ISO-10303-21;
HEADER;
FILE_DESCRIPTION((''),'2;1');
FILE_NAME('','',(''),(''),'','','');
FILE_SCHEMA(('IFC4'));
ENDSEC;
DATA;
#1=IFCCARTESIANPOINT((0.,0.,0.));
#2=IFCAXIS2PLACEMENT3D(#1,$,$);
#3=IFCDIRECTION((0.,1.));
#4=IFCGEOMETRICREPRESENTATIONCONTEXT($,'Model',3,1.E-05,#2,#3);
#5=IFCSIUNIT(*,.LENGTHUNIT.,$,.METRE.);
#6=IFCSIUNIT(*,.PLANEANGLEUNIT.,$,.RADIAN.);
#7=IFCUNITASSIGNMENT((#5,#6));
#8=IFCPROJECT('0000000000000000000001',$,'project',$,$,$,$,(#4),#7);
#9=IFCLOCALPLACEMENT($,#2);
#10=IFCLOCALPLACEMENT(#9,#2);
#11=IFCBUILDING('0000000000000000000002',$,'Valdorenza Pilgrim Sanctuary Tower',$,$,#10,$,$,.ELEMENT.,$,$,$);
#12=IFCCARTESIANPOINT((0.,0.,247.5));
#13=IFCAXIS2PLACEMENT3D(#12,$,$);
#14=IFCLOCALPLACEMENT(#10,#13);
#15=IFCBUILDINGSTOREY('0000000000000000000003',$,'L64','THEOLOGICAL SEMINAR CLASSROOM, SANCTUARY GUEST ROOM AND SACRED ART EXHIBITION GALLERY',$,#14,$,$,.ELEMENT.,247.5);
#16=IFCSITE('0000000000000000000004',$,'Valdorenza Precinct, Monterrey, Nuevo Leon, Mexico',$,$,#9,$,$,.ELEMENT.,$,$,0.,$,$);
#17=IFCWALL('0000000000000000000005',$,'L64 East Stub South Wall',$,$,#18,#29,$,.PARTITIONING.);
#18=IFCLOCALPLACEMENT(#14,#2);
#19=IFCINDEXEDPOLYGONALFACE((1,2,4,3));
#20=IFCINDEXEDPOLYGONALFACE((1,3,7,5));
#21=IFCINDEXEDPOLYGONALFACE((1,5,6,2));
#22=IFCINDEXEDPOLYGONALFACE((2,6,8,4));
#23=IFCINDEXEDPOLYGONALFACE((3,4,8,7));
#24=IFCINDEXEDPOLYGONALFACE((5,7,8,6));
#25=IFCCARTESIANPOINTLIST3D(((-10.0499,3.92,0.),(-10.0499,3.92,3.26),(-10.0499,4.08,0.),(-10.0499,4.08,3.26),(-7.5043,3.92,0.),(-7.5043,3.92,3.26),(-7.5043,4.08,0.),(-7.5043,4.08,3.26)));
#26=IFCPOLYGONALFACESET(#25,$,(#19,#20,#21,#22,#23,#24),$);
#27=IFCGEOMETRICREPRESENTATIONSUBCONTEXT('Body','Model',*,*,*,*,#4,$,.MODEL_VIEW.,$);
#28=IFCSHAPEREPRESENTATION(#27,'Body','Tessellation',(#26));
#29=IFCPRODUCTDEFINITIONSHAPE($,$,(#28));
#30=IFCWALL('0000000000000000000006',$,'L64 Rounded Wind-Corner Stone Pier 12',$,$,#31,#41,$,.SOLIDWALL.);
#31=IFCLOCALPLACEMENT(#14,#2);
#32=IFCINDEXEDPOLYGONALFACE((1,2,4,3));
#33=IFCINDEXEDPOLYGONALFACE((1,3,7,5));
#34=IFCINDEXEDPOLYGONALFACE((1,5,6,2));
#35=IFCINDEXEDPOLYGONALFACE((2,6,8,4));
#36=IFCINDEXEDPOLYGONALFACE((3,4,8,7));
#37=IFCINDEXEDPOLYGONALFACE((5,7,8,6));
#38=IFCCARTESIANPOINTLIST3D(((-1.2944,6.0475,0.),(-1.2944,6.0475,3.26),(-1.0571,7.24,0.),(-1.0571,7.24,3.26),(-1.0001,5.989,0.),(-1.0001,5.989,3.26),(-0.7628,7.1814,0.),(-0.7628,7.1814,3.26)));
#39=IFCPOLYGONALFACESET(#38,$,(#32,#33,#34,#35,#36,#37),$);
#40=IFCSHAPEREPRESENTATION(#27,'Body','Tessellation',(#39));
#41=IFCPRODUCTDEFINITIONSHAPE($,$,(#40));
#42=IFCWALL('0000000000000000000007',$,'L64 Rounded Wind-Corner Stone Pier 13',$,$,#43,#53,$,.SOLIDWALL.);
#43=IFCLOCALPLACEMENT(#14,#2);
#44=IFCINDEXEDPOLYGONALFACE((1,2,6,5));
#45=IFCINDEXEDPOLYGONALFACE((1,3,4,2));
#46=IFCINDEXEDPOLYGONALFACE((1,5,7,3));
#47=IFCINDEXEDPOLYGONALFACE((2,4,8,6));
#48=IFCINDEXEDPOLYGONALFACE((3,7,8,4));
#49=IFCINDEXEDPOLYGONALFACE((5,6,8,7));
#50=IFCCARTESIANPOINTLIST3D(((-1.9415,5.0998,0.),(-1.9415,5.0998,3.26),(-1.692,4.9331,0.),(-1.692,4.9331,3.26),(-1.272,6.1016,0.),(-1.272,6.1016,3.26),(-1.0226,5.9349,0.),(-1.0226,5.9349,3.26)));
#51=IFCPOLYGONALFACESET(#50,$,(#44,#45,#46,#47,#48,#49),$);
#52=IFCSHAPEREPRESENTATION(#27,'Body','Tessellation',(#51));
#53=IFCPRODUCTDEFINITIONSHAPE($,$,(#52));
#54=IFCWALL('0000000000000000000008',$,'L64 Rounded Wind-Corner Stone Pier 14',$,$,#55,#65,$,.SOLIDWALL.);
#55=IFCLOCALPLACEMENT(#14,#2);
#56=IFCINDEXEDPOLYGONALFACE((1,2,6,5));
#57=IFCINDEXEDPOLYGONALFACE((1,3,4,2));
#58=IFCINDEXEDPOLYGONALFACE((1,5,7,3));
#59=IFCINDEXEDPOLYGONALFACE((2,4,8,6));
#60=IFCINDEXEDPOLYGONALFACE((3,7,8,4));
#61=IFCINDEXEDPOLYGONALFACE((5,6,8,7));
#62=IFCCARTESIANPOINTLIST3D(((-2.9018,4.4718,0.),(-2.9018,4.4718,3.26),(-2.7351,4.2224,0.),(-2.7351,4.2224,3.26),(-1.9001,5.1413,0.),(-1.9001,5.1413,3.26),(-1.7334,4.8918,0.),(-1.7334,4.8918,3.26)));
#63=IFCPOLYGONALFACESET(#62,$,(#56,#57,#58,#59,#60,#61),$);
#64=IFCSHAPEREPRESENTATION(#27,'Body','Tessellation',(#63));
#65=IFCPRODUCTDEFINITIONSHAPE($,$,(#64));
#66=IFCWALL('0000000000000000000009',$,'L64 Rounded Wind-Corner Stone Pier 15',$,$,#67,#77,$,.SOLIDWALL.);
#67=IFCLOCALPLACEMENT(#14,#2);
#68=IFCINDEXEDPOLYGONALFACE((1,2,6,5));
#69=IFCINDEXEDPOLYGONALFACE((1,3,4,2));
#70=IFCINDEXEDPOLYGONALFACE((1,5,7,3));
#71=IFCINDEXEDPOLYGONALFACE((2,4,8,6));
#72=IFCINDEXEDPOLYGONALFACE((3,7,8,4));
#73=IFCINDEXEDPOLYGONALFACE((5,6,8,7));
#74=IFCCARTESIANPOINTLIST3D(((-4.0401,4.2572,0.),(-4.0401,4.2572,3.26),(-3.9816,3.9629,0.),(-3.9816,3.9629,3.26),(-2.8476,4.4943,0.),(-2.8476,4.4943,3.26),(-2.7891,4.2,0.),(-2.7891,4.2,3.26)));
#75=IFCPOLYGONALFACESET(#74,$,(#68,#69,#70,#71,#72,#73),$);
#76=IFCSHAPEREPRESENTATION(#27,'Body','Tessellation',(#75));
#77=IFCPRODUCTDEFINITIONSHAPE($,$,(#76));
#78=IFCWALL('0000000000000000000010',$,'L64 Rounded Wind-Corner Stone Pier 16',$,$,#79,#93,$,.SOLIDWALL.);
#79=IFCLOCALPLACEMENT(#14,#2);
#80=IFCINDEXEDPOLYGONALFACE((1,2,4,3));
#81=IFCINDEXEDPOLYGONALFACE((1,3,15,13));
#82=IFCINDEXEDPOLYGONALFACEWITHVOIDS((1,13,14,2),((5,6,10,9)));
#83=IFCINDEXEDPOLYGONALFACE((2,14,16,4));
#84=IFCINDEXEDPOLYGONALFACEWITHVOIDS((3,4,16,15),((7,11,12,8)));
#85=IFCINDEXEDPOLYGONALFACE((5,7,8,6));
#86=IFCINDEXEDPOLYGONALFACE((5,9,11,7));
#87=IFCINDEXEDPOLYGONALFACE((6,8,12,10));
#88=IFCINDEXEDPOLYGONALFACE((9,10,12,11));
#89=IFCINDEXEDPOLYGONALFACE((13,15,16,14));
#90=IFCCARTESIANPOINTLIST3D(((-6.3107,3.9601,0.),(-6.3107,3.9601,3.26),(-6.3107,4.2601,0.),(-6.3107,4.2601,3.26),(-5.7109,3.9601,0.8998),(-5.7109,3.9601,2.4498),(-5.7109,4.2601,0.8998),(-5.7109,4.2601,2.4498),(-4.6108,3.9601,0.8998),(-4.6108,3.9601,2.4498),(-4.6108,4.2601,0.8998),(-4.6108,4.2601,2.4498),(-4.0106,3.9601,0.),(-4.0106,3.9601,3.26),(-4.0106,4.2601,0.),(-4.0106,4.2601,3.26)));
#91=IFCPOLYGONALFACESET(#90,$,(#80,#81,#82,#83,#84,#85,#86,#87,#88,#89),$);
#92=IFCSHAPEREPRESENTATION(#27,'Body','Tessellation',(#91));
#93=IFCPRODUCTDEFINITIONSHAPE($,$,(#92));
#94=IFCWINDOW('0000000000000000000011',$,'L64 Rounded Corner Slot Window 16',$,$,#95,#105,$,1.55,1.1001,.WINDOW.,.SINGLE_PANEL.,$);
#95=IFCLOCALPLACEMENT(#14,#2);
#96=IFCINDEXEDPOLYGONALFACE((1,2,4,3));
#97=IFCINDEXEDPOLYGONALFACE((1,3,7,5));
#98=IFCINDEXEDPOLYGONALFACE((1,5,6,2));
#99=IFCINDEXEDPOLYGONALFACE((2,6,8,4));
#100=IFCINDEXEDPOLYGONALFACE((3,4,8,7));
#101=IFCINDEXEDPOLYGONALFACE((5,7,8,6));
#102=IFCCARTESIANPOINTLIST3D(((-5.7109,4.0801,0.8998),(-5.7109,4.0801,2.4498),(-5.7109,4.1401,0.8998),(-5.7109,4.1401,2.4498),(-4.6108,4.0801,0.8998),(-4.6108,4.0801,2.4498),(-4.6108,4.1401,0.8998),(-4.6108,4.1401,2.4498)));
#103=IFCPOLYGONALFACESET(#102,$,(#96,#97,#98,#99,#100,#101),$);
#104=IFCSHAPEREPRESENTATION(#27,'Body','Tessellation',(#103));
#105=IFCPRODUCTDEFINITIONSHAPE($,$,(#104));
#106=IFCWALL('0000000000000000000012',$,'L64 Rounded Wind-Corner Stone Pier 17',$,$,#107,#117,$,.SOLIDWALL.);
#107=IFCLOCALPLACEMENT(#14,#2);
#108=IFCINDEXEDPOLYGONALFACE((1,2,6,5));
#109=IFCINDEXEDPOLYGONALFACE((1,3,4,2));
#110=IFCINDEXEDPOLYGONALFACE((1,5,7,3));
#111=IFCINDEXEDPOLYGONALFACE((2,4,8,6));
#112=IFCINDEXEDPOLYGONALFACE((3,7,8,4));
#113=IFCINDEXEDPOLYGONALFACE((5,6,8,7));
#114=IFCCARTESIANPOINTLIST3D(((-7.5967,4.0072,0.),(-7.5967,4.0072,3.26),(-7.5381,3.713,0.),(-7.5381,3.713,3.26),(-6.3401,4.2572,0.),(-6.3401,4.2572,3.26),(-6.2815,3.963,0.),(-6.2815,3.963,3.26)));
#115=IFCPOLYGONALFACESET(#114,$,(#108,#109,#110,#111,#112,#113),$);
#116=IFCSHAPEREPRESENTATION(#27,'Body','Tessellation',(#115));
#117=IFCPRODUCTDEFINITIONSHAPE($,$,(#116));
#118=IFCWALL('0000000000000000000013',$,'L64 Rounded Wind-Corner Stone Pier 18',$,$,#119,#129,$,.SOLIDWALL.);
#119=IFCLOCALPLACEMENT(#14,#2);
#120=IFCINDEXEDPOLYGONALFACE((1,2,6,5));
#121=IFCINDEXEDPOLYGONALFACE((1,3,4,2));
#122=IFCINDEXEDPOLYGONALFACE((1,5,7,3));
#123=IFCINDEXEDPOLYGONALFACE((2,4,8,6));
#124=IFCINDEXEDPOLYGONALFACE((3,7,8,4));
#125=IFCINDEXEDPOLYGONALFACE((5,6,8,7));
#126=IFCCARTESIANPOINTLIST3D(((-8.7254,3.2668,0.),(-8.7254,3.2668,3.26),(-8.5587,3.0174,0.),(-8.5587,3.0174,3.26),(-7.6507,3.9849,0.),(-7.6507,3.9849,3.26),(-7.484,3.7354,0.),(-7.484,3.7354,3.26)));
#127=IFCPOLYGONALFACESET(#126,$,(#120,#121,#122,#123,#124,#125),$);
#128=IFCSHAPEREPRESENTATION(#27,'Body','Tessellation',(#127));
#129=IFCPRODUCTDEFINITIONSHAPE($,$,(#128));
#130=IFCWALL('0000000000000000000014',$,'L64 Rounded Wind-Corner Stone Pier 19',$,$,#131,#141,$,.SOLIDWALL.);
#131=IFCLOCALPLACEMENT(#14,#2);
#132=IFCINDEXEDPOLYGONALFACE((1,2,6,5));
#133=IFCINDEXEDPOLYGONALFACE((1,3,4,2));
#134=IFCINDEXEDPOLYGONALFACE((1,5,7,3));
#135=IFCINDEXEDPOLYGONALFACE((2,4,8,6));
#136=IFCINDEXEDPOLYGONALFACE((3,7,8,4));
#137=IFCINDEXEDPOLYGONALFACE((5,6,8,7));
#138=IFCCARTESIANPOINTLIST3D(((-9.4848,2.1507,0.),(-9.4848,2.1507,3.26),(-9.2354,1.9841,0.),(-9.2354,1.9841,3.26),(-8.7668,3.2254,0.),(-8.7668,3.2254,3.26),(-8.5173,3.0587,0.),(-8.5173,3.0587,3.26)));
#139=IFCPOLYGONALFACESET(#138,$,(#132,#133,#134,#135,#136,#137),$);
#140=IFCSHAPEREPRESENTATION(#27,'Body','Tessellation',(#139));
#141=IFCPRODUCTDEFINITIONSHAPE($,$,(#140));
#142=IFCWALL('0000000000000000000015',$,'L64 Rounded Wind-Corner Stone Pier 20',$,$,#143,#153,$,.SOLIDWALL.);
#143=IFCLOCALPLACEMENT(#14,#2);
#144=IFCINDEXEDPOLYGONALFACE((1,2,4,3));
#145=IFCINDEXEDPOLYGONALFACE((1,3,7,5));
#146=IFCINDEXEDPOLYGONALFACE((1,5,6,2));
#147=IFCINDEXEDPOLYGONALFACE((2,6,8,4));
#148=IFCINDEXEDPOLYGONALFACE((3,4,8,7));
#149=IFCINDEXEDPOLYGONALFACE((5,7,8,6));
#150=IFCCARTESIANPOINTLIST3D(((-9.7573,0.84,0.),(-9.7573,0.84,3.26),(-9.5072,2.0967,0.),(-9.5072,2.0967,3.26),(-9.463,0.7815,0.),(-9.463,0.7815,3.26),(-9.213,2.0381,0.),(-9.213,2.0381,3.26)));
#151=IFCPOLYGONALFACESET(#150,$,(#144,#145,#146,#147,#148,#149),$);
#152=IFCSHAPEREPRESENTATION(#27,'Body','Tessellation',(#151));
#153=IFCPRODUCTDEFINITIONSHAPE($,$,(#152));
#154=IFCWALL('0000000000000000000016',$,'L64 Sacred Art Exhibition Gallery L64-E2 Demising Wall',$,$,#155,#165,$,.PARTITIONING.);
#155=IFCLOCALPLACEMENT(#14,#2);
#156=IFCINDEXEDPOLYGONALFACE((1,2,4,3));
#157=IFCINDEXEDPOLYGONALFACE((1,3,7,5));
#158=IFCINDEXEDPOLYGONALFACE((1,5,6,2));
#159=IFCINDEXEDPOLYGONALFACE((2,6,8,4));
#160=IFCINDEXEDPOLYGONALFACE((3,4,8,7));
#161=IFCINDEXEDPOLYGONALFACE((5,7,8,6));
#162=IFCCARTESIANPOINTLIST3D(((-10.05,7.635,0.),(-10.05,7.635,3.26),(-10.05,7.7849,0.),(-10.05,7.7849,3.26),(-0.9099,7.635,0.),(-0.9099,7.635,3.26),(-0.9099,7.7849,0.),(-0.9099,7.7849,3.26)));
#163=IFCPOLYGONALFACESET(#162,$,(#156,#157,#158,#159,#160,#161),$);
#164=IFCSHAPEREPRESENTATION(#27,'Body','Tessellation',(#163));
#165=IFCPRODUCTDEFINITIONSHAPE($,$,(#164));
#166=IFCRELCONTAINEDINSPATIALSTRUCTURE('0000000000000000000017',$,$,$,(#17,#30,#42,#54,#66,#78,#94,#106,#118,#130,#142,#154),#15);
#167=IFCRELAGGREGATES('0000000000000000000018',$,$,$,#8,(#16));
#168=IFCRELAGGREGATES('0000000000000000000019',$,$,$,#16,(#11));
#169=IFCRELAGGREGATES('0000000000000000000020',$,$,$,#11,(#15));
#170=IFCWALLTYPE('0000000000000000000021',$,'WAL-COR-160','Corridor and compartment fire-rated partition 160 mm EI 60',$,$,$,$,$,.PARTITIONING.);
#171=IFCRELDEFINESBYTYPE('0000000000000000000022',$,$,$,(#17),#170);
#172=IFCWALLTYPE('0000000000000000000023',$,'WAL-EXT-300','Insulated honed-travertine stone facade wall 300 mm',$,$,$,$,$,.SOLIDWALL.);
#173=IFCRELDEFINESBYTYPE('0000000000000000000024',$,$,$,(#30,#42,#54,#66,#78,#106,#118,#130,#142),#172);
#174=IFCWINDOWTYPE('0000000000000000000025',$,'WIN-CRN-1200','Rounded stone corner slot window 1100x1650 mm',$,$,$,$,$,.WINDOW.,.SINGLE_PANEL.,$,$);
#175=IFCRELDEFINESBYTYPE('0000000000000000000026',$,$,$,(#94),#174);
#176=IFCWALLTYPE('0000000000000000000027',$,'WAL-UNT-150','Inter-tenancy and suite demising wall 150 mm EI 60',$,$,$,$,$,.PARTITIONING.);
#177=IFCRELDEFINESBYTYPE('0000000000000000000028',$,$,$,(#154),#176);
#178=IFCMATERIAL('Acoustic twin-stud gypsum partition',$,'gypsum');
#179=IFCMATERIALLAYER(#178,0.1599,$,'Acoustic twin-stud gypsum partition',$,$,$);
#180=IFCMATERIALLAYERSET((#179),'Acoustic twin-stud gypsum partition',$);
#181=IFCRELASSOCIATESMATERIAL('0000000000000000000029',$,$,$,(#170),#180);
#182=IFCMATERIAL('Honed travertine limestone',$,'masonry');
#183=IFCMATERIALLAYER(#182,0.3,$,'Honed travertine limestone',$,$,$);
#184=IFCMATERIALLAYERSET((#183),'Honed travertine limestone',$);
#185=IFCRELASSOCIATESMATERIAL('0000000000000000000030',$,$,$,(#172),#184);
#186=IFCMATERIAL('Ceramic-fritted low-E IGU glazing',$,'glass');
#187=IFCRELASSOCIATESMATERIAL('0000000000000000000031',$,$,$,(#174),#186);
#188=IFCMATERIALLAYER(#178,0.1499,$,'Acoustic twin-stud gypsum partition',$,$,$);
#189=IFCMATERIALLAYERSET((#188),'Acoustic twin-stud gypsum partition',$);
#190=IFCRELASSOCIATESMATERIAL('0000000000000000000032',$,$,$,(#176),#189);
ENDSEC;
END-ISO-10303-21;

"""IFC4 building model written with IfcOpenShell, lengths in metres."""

from ifc_helpers import new_model, si_unit, direction, frame, frame_2d, origin, place, context, subcontext, project, spatial, rectangle, extrude, material, layer, layer_set, type_object, element, fill, save


model = new_model("IFC4")

# Units and contexts
model_context = context("Model", 3, precision=1e-05, world=origin(), true_north=direction((0.0, 1.0)))
body_context = subcontext(model_context, "Body", "Model", "MODEL_VIEW")
ifc_project = project(units=[si_unit("LENGTHUNIT", "METRE"), si_unit("PLANEANGLEUNIT", "RADIAN")], contexts=[model_context])

# Site, building, storey
site_placement = place(None, origin())
site = spatial("IfcSite", under=ifc_project, at=site_placement, Name="Valdorenza Precinct, Monterrey, Nuevo Leon, Mexico", CompositionType="ELEMENT", RefElevation=0.0)
building_placement = place(site_placement, origin())
building = spatial("IfcBuilding", under=site, at=building_placement, Name="Valdorenza Pilgrim Sanctuary Tower", CompositionType="ELEMENT")
storey_placement = place(building_placement, frame((0.0, 0.0, 247.5)))
storey = spatial("IfcBuildingStorey", under=building, at=storey_placement, Name="L64", Description="THEOLOGICAL SEMINAR CLASSROOM, SANCTUARY GUEST ROOM AND SACRED ART EXHIBITION GALLERY", CompositionType="ELEMENT", Elevation=247.5)

# Shared definitions
ifc_material_1 = material(Name="Ceramic-fritted low-E IGU glazing", Category="glass")

# Shared definitions
ifc_material_2 = material(Name="Acoustic twin-stud gypsum partition", Category="gypsum")
ifc_layer_1 = layer(ifc_material_2, 0.1599, Name="Acoustic twin-stud gypsum partition")
ifc_layer_set_1 = layer_set([ifc_layer_1], Name="Acoustic twin-stud gypsum partition")
wall_type_1 = type_object("IfcWallType", Name="WAL-COR-160", Description="Corridor and compartment fire-rated partition 160 mm EI 60", PredefinedType="PARTITIONING", material=ifc_layer_set_1)

# Walls
wall_1_placement = place(storey_placement, frame((-10.05, 4.0, 0.0), z_axis=(0.0, 0.0, 1.0), x_axis=(1.0, 0.0, 0.0)))
element("IfcWall", 1, at=wall_1_placement, inside=storey, type_object=wall_type_1, Name="L64 East Stub South Wall", PredefinedType="PARTITIONING", context=body_context, shape_type="SweptSolid", body=[
    extrude(rectangle(XDim=2.5457, YDim=0.1599, at=frame_2d((1.2729, 0.0))), origin(), (0.0, 0.0, 1.0), 3.26),
])
ifc_material_3 = material(Name="Honed travertine limestone", Category="masonry")
ifc_layer_2 = layer(ifc_material_3, 0.3, Name="Honed travertine limestone")
ifc_layer_set_2 = layer_set([ifc_layer_2], Name="Honed travertine limestone")
wall_type_2 = type_object("IfcWallType", Name="WAL-EXT-300", Description="Insulated honed-travertine stone facade wall 300 mm", PredefinedType="SOLIDWALL", material=ifc_layer_set_2)
wall_2_placement = place(storey_placement, frame((-0.9099, 7.2107, 0.0), z_axis=(0.0, 0.0, 1.0), x_axis=(-0.195189, -0.980766, 0.0)))
element("IfcWall", 2, at=wall_2_placement, inside=storey, type_object=wall_type_2, Name="L64 Rounded Wind-Corner Stone Pier 12", PredefinedType="SOLIDWALL", context=body_context, shape_type="SweptSolid", body=[
    extrude(rectangle(XDim=1.2158, YDim=0.3, at=frame_2d((0.6079, 0.0))), origin(), (0.0, 0.0, 1.0), 3.26),
])
for number, where, z_axis, x_axis, name in (
    (3, (-1.1472, 6.0183, 0.0), (0.0, 0.0, 1.0), (-0.555635, -0.831426, 0.0), "L64 Rounded Wind-Corner Stone Pier 13"),
    (4, (-1.8167, 5.0166, 0.0), (0.0, 0.0, 1.0), (-0.831426, -0.555635, 0.0), "L64 Rounded Wind-Corner Stone Pier 14"),
):
    element("IfcWall", number, at=place(storey_placement, frame(where, z_axis=z_axis, x_axis=x_axis)), inside=storey, type_object=wall_type_2, Name=name, PredefinedType="SOLIDWALL", context=body_context, shape_type="SweptSolid", body=[
        extrude(rectangle(XDim=1.2048, YDim=0.3, at=frame_2d((0.6025, 0.0))), origin(), (0.0, 0.0, 1.0), 3.26),
    ])
wall_3_placement = place(storey_placement, frame((-2.8184, 4.3472, 0.0), z_axis=(0.0, 0.0, 1.0), x_axis=(-0.980804, -0.194996, 0.0)))
element("IfcWall", 5, at=wall_3_placement, inside=storey, type_object=wall_type_2, Name="L64 Rounded Wind-Corner Stone Pier 15", PredefinedType="SOLIDWALL", context=body_context, shape_type="SweptSolid", body=[
    extrude(rectangle(XDim=1.2158, YDim=0.3, at=frame_2d((0.6079, 0.0))), origin(), (0.0, 0.0, 1.0), 3.26),
])

# Wall, opening, window
wall_4_placement = place(storey_placement, frame((-4.0107, 4.1101, 0.0), z_axis=(0.0, 0.0, 1.0), x_axis=(-1.0, 0.0, 0.0)))
wall_4 = element("IfcWall", 6, at=wall_4_placement, inside=storey, type_object=wall_type_2, Name="L64 Rounded Wind-Corner Stone Pier 16", PredefinedType="SOLIDWALL", context=body_context, shape_type="SweptSolid", body=[
    extrude(rectangle(XDim=2.3, YDim=0.3, at=frame_2d((1.1499, 0.0))), origin(), (0.0, 0.0, 1.0), 3.26),
])
opening_1_placement = place(wall_4_placement, frame((0.6001, 0.0, 0.8999)))
opening_1 = element("IfcOpeningElement", 7, at=opening_1_placement, cuts=wall_4, PredefinedType="OPENING", context=body_context, shape_type="SweptSolid", body=[
    extrude(rectangle(XDim=1.1001, YDim=1.55, at=frame_2d((0.55, 0.7749))), frame((0.0, 0.165, 0.0), z_axis=(0.0, -1.0, 0.0), x_axis=(1.0, 0.0, 0.0)), (0.0, 0.0, 1.0), 0.3298),
])
window_type = type_object("IfcWindowType", Name="WIN-CRN-1200", Description="Rounded stone corner slot window 1100x1650 mm", PartitioningType="SINGLE_PANEL", PredefinedType="WINDOW", material=ifc_material_1)
window_placement = place(opening_1_placement, origin())
window = element("IfcWindow", 8, at=window_placement, inside=storey, type_object=window_type, Name="L64 Rounded Corner Slot Window 16", OverallHeight=1.55, OverallWidth=1.1001, PartitioningType="SINGLE_PANEL", PredefinedType="WINDOW", context=body_context, shape_type="SweptSolid", body=[
    extrude(rectangle(XDim=1.1001, YDim=1.55, at=frame_2d((0.55, 0.7749))), frame((0.0, 0.03, 0.0), z_axis=(0.0, -1.0, 0.0), x_axis=(1.0, 0.0, 0.0)), (0.0, 0.0, 1.0), 0.0601),
])
fill(opening_1, window)

# Walls
wall_5_placement = place(storey_placement, frame((-6.3108, 4.1101, 0.0), z_axis=(0.0, 0.0, 1.0), x_axis=(-0.980778, -0.195127, 0.0)))
element("IfcWall", 9, at=wall_5_placement, inside=storey, type_object=wall_type_2, Name="L64 Rounded Wind-Corner Stone Pier 17", PredefinedType="SOLIDWALL", context=body_context, shape_type="SweptSolid", body=[
    extrude(rectangle(XDim=1.2812, YDim=0.3, at=frame_2d((0.6406, 0.0))), origin(), (0.0, 0.0, 1.0), 3.26),
])
for number, where, z_axis, x_axis, name in (
    (10, (-7.5674, 3.8601, 0.0), (0.0, 0.0, 1.0), (-0.831498, -0.555528, 0.0), "L64 Rounded Wind-Corner Stone Pier 18"),
    (11, (-8.6421, 3.1421, 0.0), (0.0, 0.0, 1.0), (-0.555528, -0.831498, 0.0), "L64 Rounded Wind-Corner Stone Pier 19"),
):
    element("IfcWall", number, at=place(storey_placement, frame(where, z_axis=z_axis, x_axis=x_axis)), inside=storey, type_object=wall_type_2, Name=name, PredefinedType="SOLIDWALL", context=body_context, shape_type="SweptSolid", body=[
        extrude(rectangle(XDim=1.2925, YDim=0.3, at=frame_2d((0.6462, 0.0))), origin(), (0.0, 0.0, 1.0), 3.26),
    ])
wall_6_placement = place(storey_placement, frame((-9.3601, 2.0674, 0.0), z_axis=(0.0, 0.0, 1.0), x_axis=(-0.195127, -0.980778, 0.0)))
element("IfcWall", 12, at=wall_6_placement, inside=storey, type_object=wall_type_2, Name="L64 Rounded Wind-Corner Stone Pier 20", PredefinedType="SOLIDWALL", context=body_context, shape_type="SweptSolid", body=[
    extrude(rectangle(XDim=1.2812, YDim=0.3, at=frame_2d((0.6406, 0.0))), origin(), (0.0, 0.0, 1.0), 3.26),
])
ifc_layer_3 = layer(ifc_material_2, 0.1499, Name="Acoustic twin-stud gypsum partition")
ifc_layer_set_3 = layer_set([ifc_layer_3], Name="Acoustic twin-stud gypsum partition")
wall_type_3 = type_object("IfcWallType", Name="WAL-UNT-150", Description="Inter-tenancy and suite demising wall 150 mm EI 60", PredefinedType="PARTITIONING", material=ifc_layer_set_3)
wall_7_placement = place(storey_placement, frame((-10.05, 7.71, 0.0), z_axis=(0.0, 0.0, 1.0), x_axis=(1.0, 0.0, 0.0)))
element("IfcWall", 13, at=wall_7_placement, inside=storey, type_object=wall_type_3, Name="L64 Sacred Art Exhibition Gallery L64-E2 Demising Wall", PredefinedType="PARTITIONING", context=body_context, shape_type="SweptSolid", body=[
    extrude(rectangle(XDim=9.1401, YDim=0.1499, at=frame_2d((4.5701, 0.0))), origin(), (0.0, 0.0, 1.0), 3.26),
])

save(model, "model.ifc")
